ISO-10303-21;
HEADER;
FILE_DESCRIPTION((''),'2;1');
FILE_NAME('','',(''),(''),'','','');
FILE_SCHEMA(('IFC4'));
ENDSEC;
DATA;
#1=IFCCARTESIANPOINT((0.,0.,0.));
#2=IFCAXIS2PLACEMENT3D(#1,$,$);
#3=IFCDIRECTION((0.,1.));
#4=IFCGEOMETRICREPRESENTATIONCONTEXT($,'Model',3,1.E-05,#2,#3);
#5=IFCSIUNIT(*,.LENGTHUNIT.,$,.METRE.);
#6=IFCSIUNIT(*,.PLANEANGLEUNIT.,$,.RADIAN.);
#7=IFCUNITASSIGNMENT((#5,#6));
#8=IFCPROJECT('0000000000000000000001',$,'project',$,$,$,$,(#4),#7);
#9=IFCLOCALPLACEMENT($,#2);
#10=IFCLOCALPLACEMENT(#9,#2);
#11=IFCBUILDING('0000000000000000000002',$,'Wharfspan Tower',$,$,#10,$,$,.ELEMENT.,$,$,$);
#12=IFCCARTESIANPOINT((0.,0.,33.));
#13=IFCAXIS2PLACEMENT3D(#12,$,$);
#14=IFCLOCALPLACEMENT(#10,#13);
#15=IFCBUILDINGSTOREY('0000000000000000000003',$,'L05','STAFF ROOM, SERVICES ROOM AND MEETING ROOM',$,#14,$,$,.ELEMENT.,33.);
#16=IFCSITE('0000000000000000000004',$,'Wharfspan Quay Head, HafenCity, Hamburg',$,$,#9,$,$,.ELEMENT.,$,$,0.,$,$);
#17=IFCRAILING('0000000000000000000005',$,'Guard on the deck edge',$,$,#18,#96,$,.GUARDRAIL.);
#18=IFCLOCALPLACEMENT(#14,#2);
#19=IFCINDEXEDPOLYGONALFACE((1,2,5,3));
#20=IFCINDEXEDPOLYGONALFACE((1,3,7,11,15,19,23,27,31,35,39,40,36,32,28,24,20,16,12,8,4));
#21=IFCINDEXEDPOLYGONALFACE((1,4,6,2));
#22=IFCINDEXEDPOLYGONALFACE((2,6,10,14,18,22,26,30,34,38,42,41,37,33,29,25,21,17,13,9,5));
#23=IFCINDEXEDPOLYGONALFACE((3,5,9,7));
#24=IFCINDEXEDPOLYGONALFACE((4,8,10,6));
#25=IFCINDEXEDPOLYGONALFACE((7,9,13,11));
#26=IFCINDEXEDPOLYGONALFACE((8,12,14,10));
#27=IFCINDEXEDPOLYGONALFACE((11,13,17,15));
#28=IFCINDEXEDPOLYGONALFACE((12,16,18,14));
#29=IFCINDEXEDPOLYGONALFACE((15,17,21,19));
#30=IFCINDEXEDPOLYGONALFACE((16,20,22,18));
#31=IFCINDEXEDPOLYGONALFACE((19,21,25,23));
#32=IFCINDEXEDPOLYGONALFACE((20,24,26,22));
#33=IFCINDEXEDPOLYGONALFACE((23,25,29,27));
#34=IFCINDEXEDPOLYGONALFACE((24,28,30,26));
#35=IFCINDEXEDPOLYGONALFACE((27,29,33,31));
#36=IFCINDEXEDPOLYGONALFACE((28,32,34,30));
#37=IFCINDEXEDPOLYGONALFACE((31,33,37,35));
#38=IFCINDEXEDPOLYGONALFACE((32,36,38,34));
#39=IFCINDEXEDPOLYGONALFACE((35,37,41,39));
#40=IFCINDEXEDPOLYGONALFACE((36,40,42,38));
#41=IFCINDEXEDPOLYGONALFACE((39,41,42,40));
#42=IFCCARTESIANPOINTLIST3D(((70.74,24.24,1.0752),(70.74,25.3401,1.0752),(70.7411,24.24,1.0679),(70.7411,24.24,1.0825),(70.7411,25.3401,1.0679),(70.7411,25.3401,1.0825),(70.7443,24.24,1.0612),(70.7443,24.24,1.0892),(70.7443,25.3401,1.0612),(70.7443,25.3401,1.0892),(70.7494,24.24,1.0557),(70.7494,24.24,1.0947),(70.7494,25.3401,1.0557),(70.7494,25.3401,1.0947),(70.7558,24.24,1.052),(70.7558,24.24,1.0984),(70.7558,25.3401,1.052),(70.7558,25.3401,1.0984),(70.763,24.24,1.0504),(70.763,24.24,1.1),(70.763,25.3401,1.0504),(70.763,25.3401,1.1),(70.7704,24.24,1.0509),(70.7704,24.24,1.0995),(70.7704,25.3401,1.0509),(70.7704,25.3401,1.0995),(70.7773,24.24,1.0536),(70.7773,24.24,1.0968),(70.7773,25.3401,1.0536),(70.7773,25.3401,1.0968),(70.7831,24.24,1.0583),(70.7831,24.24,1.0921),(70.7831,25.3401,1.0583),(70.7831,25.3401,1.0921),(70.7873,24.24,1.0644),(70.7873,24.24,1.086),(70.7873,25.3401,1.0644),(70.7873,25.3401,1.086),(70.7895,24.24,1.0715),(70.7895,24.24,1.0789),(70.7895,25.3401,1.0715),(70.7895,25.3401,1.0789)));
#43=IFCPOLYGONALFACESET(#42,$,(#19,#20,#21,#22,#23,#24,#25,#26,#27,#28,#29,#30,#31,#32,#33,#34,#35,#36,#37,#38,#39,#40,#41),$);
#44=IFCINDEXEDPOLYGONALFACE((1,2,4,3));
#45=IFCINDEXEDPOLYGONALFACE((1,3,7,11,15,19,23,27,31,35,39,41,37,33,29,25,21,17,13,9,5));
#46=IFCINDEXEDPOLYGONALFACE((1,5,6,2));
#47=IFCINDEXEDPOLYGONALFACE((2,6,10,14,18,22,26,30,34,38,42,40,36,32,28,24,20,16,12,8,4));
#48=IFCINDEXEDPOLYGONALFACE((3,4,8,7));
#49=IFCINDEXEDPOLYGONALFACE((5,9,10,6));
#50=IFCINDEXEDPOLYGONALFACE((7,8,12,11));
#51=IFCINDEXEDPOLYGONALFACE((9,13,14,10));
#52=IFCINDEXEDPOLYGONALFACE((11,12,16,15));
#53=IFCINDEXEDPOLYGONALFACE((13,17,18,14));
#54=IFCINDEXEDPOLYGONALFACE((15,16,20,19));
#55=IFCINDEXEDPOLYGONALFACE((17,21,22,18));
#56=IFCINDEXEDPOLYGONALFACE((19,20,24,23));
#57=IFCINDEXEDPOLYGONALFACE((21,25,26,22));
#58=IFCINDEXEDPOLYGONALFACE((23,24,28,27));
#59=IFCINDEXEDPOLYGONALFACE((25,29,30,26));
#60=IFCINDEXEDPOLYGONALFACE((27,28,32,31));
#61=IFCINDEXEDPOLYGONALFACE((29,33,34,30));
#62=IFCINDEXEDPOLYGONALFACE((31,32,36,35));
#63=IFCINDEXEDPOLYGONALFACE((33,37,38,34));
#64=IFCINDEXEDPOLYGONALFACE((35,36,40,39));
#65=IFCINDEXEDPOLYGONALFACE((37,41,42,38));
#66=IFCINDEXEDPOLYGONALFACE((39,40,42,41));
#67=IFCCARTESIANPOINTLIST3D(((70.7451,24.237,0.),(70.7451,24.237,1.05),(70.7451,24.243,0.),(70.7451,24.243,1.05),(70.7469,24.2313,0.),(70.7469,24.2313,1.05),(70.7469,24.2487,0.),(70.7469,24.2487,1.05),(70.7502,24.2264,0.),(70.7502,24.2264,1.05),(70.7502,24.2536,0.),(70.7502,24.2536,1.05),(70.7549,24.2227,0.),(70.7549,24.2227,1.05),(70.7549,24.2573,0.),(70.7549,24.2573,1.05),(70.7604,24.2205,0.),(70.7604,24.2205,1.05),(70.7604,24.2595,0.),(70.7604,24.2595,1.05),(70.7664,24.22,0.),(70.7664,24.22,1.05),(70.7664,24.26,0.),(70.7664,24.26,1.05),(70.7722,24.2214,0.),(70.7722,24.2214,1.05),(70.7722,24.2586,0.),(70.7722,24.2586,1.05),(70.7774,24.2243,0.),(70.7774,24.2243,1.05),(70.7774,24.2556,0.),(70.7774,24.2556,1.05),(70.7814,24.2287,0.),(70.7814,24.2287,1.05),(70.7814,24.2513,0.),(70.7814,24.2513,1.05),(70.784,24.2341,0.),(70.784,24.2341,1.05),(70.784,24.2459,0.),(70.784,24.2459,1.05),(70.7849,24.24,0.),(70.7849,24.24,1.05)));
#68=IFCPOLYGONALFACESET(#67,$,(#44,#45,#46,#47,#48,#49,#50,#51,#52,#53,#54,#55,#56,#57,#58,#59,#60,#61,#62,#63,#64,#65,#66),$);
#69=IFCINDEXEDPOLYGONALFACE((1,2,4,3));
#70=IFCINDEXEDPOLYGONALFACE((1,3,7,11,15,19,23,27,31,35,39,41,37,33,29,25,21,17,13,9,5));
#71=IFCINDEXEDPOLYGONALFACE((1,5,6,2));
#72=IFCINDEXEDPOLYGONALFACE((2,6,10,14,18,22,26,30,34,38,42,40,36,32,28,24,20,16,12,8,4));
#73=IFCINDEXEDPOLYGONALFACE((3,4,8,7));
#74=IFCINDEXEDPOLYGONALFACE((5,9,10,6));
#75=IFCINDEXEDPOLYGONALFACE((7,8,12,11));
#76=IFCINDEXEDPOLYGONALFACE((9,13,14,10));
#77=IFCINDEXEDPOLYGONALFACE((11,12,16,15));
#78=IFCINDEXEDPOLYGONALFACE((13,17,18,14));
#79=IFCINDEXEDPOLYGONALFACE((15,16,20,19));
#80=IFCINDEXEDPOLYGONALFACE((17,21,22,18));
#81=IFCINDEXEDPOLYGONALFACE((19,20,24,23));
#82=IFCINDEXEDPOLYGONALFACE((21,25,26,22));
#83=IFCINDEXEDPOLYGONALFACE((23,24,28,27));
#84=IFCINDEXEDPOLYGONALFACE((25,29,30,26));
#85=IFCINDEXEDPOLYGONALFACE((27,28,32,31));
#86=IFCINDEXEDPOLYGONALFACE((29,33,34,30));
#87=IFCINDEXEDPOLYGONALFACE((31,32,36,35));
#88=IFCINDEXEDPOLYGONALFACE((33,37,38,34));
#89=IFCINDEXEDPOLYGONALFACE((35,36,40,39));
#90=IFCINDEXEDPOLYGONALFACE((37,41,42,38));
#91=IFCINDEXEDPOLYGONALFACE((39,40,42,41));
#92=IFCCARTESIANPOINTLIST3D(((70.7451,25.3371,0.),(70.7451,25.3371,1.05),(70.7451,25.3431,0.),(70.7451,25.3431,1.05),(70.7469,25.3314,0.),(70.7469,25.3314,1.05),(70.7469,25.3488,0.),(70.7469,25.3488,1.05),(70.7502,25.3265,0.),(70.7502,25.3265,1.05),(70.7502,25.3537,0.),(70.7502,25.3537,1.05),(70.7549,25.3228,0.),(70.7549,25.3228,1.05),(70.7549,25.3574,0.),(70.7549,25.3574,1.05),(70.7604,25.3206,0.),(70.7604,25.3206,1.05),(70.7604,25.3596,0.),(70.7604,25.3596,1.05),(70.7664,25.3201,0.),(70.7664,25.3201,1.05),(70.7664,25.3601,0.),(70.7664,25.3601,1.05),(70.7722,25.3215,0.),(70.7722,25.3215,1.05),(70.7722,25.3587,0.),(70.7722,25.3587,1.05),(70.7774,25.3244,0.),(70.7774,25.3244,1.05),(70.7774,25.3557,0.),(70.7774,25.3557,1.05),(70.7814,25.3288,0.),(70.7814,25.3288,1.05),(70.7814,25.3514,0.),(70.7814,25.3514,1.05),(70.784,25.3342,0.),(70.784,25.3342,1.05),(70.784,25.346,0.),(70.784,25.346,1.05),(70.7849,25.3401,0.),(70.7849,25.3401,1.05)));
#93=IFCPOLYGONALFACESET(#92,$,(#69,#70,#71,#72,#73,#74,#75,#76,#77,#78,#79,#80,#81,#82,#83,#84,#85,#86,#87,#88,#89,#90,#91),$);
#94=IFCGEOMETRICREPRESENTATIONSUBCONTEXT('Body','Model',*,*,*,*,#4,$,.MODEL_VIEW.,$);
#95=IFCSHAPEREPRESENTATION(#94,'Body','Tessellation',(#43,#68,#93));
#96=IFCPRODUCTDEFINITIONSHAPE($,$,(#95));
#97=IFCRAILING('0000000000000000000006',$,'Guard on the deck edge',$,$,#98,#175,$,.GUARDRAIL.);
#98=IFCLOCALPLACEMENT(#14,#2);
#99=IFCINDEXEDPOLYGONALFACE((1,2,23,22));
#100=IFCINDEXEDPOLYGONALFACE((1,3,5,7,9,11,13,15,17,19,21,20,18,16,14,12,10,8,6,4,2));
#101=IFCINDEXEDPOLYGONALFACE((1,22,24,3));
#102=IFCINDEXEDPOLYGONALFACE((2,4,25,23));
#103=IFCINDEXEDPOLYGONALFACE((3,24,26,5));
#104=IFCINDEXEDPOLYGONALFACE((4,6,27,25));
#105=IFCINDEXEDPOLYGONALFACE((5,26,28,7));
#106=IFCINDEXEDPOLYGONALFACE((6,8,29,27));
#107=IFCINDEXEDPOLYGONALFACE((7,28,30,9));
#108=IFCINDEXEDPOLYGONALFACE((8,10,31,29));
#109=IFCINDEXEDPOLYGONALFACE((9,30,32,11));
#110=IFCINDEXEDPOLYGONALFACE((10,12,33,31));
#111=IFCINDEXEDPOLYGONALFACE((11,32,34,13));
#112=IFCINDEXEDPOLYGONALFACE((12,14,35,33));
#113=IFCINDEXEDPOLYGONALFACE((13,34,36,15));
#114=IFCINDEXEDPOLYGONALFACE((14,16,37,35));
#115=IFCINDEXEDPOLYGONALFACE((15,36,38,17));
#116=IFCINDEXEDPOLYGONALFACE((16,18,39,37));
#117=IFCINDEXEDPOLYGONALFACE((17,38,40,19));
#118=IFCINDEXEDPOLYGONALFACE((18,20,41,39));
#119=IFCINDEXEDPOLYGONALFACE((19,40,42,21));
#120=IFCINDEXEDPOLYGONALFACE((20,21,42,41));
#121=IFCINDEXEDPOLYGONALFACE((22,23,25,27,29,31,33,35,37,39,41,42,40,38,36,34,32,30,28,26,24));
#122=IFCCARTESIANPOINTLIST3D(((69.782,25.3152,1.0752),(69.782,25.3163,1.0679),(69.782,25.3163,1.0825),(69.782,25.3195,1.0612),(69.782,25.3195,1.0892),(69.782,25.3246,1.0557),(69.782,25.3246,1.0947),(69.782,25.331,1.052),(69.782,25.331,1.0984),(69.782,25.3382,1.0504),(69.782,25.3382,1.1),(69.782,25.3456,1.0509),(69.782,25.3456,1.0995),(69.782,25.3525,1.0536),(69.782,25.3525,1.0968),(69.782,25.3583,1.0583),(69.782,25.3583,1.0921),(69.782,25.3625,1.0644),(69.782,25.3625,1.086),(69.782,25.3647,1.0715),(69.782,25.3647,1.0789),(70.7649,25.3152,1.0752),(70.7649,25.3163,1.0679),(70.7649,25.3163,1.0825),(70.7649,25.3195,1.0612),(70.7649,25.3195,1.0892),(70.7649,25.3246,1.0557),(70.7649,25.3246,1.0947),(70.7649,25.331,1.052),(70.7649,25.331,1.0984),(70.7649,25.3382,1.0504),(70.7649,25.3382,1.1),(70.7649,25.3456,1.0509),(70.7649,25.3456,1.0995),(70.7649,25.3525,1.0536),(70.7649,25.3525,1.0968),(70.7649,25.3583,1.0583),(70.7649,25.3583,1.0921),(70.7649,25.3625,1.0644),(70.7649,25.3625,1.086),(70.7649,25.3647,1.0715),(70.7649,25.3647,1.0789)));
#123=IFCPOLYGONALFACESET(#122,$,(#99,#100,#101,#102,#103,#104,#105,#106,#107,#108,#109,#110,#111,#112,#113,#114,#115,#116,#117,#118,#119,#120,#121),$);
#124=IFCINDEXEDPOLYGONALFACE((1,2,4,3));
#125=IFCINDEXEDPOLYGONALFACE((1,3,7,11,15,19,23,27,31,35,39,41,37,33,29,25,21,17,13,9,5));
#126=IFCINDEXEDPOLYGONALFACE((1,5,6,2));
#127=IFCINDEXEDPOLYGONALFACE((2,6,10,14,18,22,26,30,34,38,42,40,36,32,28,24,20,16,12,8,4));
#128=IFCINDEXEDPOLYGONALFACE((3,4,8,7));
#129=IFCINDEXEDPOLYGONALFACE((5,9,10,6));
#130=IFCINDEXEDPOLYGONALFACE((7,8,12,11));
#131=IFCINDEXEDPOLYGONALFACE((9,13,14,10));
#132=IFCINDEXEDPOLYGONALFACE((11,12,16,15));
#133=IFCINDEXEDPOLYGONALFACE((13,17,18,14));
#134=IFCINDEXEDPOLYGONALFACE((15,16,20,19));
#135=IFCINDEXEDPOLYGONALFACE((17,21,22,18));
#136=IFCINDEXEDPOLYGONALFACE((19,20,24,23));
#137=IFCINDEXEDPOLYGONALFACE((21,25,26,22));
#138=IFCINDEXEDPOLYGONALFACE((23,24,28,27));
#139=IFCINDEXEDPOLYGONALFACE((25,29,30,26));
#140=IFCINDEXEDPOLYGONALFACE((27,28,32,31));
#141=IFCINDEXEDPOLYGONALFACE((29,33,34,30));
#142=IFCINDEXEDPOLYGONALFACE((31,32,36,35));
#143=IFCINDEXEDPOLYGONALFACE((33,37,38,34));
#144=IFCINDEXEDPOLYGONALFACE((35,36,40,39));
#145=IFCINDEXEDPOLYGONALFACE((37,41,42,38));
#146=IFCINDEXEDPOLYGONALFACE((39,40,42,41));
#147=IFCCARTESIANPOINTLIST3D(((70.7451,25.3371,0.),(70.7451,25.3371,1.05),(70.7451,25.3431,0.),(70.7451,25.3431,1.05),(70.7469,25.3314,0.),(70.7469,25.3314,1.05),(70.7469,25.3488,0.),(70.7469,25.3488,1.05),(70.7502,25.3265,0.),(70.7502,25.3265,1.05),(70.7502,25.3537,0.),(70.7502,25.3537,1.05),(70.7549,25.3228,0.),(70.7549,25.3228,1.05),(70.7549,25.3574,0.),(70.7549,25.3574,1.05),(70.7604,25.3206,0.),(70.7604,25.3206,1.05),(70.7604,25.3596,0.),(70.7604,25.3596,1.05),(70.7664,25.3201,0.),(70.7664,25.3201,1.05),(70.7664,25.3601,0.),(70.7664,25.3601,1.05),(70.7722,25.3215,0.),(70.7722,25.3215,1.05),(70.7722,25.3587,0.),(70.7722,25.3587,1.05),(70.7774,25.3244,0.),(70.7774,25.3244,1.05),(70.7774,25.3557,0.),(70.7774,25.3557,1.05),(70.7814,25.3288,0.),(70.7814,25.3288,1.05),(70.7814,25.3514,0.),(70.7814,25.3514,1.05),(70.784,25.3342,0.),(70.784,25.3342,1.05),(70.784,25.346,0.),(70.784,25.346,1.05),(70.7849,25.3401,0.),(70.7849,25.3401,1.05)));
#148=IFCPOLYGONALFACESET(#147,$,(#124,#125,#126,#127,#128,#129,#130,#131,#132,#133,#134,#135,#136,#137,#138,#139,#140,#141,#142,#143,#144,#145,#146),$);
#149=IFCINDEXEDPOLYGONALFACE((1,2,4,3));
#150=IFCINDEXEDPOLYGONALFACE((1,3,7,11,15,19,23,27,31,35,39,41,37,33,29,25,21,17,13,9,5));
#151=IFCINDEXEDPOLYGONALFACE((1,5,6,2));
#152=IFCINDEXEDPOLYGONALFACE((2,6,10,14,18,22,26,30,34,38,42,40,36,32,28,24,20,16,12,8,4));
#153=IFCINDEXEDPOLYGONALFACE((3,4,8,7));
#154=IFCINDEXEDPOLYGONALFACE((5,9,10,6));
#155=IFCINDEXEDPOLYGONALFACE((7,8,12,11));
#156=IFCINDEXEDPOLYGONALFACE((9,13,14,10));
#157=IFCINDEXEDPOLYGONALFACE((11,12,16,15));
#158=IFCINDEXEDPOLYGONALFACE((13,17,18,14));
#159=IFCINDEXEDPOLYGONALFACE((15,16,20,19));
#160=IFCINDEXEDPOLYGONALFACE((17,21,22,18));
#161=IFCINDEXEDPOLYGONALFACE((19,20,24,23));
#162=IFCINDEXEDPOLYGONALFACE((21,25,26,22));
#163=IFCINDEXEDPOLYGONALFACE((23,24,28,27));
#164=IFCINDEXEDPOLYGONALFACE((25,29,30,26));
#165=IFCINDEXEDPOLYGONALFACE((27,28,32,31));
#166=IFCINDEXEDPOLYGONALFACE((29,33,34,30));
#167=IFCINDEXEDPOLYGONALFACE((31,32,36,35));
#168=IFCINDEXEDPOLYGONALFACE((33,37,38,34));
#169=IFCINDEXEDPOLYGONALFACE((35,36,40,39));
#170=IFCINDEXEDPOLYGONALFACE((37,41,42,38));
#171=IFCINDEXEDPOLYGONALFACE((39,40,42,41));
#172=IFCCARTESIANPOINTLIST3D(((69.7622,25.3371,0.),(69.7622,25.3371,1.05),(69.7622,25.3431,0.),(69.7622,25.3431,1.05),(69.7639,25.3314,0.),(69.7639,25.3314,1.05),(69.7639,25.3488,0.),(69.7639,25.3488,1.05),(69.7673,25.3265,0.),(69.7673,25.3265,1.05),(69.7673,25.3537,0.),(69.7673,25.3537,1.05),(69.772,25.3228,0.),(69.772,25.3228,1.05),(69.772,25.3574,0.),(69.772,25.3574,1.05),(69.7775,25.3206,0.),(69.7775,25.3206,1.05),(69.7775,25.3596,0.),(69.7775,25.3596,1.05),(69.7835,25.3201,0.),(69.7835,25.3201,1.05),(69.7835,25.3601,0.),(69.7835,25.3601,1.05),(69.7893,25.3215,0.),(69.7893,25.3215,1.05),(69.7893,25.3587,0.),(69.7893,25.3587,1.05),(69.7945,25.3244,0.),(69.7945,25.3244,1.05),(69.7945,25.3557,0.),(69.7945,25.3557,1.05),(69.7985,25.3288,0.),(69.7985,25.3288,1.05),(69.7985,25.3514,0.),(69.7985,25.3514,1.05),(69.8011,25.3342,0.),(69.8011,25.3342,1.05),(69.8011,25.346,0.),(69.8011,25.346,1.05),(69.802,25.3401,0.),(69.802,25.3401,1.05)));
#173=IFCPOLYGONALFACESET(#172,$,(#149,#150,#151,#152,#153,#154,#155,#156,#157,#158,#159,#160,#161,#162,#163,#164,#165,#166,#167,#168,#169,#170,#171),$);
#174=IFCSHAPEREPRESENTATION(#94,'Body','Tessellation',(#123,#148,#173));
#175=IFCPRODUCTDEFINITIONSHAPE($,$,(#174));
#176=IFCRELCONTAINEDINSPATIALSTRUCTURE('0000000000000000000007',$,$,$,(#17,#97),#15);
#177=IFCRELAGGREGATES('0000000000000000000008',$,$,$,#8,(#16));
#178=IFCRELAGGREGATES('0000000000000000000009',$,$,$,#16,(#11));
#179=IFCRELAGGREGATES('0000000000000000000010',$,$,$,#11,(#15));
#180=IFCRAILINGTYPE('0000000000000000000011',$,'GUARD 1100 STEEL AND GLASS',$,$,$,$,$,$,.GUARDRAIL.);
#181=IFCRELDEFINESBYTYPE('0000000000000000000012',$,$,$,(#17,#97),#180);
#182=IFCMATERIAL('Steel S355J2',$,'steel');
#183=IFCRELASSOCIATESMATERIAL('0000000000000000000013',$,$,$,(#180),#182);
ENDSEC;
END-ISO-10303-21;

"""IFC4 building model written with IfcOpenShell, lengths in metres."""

from ifc_helpers import new_model, si_unit, direction, frame, origin, origin_2d, place, context, subcontext, project, spatial, circle, extrude, material, type_object, element, save


model = new_model("IFC4")

# Units and contexts
model_context = context("Model", 3, precision=1e-05, world=origin(), true_north=direction((0.0, 1.0)))
body_context = subcontext(model_context, "Body", "Model", "MODEL_VIEW")
ifc_project = project(units=[si_unit("LENGTHUNIT", "METRE"), si_unit("PLANEANGLEUNIT", "RADIAN")], contexts=[model_context])

# Site, building, storey
site_placement = place(None, origin())
site = spatial("IfcSite", under=ifc_project, at=site_placement, Name="Wharfspan Quay Head, HafenCity, Hamburg", CompositionType="ELEMENT", RefElevation=0.0)
building_placement = place(site_placement, origin())
building = spatial("IfcBuilding", under=site, at=building_placement, Name="Wharfspan Tower", CompositionType="ELEMENT")
storey_placement = place(building_placement, frame((0.0, 0.0, 33.0)))
storey = spatial("IfcBuildingStorey", under=building, at=storey_placement, Name="L05", Description="STAFF ROOM, SERVICES ROOM AND MEETING ROOM", CompositionType="ELEMENT", Elevation=33.0)

# Railings
ifc_material_1 = material(Name="Steel S355J2", Category="steel")
railing_type_1 = type_object("IfcRailingType", Name="GUARD 1100 STEEL AND GLASS", PredefinedType="GUARDRAIL", material=ifc_material_1)
railing_1_placement = place(storey_placement, frame((70.7649, 24.24, 0.0)))
element("IfcRailing", 1, at=railing_1_placement, inside=storey, type_object=railing_type_1, Name="Guard on the deck edge", PredefinedType="GUARDRAIL", context=body_context, shape_type="SweptSolid", body=[
    extrude(circle(Radius=0.0249, at=origin_2d()), frame((0.0, 0.0, 1.0752), z_axis=(0.0, 1.0, 0.0), x_axis=(-1.0, 0.0, 0.0)), (0.0, 0.0, 1.0), 1.1001),
    extrude(circle(Radius=0.02, at=origin_2d()), origin(), (0.0, 0.0, 1.0), 1.05),
    extrude(circle(Radius=0.02, at=origin_2d()), frame((0.0, 1.1001, 0.0)), (0.0, 0.0, 1.0), 1.05),
])
railing_2_placement = place(storey_placement, frame((70.7649, 25.3401, 0.0)))
element("IfcRailing", 2, at=railing_2_placement, inside=storey, type_object=railing_type_1, Name="Guard on the deck edge", PredefinedType="GUARDRAIL", context=body_context, shape_type="SweptSolid", body=[
    extrude(circle(Radius=0.0249, at=origin_2d()), frame((0.0, 0.0, 1.0752), z_axis=(-1.0, 0.0, 0.0), x_axis=(0.0, -1.0, 0.0)), (0.0, 0.0, 1.0), 0.9829),
    extrude(circle(Radius=0.02, at=origin_2d()), origin(), (0.0, 0.0, 1.0), 1.05),
    extrude(circle(Radius=0.02, at=origin_2d()), frame((-0.9829, 0.0, 0.0)), (0.0, 0.0, 1.0), 1.05),
])

save(model, "model.ifc")
